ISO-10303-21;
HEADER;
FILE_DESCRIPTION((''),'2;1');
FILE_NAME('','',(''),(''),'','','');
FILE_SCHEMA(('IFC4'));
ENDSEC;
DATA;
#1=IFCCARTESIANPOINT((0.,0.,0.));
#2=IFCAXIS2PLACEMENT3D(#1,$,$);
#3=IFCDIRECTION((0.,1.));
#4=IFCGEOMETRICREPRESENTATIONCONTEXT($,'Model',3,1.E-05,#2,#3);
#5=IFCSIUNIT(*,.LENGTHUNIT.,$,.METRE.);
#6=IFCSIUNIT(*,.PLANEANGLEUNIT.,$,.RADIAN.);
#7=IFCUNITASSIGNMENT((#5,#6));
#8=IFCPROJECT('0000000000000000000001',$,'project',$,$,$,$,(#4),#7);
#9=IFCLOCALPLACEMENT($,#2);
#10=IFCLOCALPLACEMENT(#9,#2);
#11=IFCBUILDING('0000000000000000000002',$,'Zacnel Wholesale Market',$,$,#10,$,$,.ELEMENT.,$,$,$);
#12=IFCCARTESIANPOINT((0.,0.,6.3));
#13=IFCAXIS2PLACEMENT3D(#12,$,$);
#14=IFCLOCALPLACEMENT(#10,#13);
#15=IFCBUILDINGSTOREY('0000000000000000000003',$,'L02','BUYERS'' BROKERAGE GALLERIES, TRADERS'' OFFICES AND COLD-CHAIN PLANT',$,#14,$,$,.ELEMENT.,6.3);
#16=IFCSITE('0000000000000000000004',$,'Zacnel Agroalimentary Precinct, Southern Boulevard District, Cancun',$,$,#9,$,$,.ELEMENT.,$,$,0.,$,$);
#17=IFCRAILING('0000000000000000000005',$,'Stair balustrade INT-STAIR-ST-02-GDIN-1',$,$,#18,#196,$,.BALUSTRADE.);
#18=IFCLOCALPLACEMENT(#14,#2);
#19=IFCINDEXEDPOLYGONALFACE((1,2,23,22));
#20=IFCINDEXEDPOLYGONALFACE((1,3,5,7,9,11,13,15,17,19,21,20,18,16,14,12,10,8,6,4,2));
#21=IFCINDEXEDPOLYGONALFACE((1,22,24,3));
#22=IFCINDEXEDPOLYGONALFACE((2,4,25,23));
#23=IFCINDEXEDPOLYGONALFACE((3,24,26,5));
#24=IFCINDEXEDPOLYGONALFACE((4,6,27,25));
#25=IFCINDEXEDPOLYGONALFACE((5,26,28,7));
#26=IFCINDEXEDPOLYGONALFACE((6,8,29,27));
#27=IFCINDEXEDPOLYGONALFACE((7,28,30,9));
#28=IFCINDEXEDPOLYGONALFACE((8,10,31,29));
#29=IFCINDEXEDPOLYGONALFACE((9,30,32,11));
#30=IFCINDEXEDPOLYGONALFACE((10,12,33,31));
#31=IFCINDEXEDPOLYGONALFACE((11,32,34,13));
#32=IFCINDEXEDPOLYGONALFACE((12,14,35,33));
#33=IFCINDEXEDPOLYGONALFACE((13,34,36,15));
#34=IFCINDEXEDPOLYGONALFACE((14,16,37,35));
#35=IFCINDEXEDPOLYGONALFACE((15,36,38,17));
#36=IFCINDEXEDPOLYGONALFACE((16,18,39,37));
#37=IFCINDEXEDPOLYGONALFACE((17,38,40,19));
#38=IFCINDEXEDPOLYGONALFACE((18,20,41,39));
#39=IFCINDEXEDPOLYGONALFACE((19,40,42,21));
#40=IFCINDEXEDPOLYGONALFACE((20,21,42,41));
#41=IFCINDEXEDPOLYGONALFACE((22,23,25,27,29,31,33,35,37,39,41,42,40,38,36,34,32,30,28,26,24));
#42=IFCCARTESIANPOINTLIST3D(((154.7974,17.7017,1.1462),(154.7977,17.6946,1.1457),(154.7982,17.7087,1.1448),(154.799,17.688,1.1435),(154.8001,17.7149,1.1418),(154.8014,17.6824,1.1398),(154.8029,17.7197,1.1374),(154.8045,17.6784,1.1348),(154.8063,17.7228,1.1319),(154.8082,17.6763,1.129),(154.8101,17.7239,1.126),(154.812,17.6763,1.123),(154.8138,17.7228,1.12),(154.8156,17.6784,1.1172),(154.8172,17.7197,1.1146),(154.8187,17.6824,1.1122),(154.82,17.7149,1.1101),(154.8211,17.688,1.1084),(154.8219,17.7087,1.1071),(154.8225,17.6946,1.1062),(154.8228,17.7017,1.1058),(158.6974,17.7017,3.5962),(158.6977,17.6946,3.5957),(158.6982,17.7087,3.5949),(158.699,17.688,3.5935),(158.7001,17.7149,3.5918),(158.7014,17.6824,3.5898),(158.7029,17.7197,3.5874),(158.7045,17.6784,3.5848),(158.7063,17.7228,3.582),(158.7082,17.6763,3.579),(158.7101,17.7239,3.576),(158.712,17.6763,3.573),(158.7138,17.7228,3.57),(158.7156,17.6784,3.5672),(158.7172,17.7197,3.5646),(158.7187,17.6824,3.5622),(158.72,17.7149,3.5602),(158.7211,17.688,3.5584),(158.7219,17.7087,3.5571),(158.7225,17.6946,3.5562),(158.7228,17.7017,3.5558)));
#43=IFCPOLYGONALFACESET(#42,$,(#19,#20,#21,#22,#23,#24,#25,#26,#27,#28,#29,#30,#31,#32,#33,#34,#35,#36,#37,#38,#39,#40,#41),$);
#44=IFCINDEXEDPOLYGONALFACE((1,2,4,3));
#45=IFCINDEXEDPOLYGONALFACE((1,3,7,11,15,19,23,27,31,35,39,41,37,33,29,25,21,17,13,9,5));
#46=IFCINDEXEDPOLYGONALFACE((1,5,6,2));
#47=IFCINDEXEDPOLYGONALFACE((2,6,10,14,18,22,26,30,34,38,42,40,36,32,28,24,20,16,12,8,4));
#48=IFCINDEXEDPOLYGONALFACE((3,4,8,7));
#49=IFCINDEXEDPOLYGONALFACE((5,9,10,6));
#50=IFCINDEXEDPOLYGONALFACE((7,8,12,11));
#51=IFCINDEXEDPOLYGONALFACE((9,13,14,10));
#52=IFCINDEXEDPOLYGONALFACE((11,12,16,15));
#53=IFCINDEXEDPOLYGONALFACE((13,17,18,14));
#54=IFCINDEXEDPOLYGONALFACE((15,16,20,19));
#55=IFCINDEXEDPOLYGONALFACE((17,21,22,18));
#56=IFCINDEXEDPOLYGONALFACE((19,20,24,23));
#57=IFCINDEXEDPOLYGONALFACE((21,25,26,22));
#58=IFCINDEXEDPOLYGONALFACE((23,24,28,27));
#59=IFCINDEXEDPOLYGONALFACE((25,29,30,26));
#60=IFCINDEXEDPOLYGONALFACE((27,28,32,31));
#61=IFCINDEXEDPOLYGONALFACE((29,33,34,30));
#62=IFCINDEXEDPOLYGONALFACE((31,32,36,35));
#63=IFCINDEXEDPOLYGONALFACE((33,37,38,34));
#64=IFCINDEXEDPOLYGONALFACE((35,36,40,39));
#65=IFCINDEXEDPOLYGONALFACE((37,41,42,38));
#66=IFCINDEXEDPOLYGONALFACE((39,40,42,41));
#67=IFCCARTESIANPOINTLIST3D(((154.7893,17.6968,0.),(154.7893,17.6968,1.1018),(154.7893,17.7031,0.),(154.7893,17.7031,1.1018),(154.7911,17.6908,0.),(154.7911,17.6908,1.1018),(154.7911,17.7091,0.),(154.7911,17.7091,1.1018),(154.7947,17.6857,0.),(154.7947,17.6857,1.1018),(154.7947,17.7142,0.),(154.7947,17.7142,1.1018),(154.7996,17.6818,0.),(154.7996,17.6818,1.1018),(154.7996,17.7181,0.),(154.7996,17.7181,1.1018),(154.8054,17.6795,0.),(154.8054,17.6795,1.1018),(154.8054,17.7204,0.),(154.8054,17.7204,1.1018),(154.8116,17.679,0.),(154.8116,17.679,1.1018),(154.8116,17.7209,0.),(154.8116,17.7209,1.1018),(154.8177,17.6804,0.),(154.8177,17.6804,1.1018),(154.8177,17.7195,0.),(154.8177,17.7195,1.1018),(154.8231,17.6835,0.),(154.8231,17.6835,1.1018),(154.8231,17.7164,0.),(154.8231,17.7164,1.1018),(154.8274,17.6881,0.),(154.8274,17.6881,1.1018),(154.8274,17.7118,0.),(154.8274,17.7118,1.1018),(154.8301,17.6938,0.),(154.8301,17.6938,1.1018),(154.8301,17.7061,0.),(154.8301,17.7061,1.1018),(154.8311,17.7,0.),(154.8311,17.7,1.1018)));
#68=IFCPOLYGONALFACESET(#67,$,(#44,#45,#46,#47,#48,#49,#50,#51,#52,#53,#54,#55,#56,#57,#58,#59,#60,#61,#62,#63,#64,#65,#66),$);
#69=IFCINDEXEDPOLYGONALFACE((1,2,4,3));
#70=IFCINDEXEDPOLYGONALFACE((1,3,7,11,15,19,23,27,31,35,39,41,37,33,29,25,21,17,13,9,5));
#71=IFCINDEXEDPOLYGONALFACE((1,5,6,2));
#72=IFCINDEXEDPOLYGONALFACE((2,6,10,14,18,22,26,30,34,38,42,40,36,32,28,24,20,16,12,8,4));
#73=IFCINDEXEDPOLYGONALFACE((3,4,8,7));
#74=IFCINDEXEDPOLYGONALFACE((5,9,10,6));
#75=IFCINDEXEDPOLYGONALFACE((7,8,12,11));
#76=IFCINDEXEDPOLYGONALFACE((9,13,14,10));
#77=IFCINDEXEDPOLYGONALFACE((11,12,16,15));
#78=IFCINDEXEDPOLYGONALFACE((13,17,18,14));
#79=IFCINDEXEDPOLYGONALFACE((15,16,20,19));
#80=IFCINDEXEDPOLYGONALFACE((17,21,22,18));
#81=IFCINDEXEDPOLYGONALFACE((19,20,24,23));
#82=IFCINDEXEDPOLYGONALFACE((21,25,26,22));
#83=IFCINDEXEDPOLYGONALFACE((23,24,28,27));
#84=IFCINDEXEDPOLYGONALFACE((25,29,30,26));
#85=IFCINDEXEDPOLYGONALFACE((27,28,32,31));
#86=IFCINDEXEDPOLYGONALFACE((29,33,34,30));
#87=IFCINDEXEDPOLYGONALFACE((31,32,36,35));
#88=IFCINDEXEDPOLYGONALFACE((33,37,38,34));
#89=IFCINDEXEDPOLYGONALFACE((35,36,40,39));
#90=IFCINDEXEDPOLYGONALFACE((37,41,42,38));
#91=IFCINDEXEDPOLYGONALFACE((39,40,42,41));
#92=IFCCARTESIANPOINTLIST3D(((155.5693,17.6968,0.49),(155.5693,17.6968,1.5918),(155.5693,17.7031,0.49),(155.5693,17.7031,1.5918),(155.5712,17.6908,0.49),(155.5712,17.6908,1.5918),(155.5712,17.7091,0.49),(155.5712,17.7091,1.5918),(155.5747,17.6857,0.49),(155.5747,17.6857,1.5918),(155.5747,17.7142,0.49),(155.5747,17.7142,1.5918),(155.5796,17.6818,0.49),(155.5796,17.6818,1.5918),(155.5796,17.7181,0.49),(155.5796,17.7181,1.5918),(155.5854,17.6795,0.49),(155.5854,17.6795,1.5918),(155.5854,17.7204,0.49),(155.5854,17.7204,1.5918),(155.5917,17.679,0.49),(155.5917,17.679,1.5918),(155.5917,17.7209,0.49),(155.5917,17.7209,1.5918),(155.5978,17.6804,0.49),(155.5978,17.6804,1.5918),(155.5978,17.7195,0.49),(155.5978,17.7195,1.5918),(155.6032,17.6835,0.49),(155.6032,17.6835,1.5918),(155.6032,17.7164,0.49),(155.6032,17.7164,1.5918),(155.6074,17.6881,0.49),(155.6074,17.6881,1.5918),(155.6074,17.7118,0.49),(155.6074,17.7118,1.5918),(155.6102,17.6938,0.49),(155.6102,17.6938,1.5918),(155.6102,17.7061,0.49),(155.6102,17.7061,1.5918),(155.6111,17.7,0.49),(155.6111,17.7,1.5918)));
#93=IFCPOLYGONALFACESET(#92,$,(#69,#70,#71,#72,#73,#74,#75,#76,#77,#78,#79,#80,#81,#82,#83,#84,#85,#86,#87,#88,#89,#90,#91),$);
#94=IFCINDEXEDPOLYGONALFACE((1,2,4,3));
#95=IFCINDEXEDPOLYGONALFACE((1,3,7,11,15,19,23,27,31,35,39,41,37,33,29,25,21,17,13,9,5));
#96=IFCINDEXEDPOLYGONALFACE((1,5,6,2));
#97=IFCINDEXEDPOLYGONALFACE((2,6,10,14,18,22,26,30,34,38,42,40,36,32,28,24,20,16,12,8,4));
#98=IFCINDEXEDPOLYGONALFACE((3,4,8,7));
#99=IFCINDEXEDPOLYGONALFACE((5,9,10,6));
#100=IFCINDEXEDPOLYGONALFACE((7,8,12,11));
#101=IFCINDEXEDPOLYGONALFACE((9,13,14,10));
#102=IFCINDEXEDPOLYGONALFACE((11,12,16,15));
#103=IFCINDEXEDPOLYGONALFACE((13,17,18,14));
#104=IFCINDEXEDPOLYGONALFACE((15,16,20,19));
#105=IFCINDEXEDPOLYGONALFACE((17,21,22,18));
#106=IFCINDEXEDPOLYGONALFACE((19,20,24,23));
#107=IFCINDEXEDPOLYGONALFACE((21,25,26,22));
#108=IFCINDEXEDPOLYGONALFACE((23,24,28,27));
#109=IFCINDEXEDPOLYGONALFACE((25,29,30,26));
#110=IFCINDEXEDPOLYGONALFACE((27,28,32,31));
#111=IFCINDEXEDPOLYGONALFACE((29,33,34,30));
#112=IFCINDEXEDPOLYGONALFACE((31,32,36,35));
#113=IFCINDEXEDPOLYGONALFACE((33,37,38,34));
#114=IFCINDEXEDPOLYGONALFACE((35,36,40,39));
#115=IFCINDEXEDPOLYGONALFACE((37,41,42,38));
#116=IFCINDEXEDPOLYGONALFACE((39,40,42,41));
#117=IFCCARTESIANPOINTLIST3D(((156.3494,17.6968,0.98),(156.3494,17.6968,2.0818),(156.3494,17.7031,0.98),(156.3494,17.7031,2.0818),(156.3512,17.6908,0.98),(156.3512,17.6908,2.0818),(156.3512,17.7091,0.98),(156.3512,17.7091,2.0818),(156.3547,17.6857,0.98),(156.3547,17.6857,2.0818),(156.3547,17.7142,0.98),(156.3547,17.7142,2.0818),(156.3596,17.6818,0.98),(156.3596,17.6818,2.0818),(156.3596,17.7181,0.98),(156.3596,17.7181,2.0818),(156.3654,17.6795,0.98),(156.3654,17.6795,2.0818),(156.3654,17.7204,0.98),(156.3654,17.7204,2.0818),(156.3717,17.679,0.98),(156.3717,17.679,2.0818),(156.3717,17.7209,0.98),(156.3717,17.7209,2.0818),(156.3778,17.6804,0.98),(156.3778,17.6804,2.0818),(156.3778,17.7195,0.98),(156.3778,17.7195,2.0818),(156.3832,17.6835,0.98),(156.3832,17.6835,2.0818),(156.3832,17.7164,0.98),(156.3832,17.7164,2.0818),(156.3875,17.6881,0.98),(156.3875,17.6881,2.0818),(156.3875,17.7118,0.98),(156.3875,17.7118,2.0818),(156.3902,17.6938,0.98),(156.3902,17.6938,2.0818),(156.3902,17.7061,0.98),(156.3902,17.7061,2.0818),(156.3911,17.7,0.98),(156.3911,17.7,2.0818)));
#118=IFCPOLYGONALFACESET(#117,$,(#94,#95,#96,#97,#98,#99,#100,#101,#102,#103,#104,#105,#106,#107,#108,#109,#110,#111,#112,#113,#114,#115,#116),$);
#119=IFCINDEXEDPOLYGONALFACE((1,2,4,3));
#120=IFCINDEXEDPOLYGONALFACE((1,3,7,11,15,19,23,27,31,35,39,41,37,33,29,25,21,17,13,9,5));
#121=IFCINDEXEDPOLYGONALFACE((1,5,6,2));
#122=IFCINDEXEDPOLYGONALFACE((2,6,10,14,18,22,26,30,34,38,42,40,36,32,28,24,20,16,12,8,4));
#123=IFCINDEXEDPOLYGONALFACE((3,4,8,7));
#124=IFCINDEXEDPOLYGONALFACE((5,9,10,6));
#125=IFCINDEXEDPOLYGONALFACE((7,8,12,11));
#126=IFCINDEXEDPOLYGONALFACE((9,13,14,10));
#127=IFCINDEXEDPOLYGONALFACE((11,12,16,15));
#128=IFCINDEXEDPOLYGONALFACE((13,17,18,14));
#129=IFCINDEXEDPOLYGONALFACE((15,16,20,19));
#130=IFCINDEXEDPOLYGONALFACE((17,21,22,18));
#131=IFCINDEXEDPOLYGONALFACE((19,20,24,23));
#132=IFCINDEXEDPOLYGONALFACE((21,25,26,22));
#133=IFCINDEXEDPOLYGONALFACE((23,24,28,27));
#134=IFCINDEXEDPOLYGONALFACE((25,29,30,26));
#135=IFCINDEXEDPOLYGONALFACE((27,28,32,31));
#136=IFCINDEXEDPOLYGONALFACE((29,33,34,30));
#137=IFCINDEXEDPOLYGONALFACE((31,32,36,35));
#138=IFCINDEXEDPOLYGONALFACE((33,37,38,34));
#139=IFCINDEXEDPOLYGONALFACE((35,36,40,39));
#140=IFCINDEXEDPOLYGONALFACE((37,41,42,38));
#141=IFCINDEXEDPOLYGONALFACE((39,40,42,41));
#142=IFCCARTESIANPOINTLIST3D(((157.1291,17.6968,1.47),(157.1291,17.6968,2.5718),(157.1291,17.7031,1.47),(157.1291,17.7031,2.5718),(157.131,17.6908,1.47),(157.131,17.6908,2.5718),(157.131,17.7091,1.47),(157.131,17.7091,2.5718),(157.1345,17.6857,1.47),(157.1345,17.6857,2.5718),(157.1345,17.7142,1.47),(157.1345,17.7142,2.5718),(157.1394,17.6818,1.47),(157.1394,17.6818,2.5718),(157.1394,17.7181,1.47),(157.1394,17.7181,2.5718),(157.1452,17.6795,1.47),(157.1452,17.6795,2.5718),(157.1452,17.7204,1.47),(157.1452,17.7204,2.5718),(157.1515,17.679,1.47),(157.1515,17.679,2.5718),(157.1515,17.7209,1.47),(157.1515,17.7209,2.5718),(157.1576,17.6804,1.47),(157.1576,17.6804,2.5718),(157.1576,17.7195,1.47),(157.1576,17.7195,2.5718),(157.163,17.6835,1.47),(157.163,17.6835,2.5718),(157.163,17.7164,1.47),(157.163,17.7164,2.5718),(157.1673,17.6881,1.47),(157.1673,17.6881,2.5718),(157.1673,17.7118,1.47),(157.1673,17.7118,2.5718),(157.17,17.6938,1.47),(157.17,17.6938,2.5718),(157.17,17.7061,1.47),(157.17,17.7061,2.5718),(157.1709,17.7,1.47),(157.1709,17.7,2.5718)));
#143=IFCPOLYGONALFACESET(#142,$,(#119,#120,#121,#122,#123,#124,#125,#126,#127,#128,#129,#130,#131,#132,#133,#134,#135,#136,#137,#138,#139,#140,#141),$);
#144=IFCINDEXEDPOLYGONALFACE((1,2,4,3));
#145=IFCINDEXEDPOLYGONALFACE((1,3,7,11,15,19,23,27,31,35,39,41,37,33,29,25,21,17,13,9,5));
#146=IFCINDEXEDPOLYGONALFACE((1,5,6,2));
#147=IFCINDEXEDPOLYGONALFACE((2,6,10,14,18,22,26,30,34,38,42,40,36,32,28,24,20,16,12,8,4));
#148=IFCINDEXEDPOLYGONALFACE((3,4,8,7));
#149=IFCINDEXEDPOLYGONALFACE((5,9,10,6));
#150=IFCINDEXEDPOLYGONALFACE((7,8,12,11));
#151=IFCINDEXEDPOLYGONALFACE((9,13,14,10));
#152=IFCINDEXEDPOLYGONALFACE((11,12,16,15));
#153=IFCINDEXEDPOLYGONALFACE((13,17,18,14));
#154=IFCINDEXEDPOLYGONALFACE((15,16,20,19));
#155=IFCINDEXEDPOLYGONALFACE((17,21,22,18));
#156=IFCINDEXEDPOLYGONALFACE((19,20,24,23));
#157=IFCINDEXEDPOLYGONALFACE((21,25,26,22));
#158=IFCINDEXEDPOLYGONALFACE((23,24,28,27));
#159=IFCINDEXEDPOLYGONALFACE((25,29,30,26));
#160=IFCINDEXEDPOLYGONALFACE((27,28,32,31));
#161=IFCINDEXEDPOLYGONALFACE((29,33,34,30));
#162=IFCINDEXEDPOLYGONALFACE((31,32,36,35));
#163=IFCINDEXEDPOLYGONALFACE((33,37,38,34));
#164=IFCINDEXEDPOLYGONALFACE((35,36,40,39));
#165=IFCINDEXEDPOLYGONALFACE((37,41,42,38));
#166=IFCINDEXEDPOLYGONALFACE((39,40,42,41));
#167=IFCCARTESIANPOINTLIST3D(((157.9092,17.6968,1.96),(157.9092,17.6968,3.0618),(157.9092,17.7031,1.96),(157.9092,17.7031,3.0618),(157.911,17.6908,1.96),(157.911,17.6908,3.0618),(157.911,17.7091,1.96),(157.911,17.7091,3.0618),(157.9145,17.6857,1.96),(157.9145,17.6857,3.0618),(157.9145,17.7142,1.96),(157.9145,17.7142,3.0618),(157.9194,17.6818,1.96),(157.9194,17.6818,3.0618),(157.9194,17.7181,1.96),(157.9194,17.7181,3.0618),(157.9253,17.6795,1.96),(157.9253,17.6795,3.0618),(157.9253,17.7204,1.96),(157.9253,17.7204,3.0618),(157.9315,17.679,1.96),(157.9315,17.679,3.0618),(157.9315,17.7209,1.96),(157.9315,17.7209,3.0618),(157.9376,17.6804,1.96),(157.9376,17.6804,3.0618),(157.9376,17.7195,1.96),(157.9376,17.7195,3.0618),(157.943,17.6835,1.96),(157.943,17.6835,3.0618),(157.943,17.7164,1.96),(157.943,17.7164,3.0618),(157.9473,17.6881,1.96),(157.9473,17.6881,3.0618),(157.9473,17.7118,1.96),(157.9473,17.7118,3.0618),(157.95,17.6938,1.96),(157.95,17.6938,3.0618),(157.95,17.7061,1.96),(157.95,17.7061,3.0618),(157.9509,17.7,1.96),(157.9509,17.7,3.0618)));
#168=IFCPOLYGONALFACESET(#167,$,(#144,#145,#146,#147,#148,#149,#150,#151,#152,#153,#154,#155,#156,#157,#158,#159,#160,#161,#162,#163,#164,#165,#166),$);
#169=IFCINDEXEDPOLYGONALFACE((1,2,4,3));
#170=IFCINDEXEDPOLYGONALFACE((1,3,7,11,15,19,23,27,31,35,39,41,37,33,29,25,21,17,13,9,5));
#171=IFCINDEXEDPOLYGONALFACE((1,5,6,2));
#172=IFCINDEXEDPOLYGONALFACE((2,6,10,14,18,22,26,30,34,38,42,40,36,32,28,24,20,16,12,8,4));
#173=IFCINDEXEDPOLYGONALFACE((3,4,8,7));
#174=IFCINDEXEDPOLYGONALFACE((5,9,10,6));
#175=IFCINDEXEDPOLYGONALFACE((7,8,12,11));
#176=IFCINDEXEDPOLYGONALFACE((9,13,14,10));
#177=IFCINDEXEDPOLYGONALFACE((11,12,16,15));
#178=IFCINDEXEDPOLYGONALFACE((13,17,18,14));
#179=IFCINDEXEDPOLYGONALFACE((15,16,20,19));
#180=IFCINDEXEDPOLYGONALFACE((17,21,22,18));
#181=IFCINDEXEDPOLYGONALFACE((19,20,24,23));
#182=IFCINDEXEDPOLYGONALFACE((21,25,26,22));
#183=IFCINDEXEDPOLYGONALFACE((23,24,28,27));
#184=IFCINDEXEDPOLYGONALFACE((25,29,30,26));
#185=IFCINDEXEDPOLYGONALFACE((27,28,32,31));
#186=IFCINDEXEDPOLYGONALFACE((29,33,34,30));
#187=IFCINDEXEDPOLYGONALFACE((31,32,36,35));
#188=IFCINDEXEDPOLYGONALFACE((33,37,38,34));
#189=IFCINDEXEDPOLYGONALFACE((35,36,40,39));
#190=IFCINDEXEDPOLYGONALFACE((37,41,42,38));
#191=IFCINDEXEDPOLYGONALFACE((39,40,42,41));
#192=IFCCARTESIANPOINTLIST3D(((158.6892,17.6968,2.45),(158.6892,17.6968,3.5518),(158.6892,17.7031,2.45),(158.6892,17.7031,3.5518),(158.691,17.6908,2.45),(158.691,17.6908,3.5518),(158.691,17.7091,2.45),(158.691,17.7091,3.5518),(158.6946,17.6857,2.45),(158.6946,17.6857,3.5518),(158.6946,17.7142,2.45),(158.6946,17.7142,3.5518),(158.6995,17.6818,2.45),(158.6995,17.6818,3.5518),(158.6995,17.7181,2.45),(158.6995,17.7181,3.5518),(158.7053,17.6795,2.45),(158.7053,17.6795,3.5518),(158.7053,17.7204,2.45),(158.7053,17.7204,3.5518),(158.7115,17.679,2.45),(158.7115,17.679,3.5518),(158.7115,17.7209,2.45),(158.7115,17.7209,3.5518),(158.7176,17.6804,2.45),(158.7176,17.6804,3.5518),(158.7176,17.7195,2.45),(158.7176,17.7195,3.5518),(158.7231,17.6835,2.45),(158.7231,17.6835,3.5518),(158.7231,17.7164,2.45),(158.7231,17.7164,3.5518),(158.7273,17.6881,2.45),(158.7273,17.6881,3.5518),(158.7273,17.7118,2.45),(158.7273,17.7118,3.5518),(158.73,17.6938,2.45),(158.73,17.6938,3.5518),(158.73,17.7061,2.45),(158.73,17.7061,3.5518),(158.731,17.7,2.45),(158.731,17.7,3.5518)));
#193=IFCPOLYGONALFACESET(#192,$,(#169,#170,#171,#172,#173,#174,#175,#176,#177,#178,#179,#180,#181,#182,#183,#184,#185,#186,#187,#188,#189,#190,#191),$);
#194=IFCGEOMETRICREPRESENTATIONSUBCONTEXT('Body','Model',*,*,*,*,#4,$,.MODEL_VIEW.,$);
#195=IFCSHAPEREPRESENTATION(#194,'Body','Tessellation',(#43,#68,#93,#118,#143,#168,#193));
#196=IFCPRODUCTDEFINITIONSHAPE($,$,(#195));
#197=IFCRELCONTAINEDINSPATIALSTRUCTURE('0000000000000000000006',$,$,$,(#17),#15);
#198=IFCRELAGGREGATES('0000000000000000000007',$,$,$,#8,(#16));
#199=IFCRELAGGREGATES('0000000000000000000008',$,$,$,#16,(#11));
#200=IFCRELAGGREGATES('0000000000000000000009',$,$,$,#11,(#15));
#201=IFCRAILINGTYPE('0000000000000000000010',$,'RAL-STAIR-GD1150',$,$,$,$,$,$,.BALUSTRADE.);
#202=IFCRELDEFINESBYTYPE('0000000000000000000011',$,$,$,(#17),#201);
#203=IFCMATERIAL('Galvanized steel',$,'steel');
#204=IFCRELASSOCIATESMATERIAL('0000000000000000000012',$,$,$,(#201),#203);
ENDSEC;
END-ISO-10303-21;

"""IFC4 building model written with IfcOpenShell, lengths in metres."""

from ifc_helpers import new_model, si_unit, direction, frame, origin, origin_2d, place, context, subcontext, project, spatial, circle, extrude, material, type_object, element, save


model = new_model("IFC4")

# Units and contexts
model_context = context("Model", 3, precision=1e-05, world=origin(), true_north=direction((0.0, 1.0)))
body_context = subcontext(model_context, "Body", "Model", "MODEL_VIEW")
ifc_project = project(units=[si_unit("LENGTHUNIT", "METRE"), si_unit("PLANEANGLEUNIT", "RADIAN")], contexts=[model_context])

# Site, building, storey
site_placement = place(None, origin())
site = spatial("IfcSite", under=ifc_project, at=site_placement, Name="Zacnel Agroalimentary Precinct, Southern Boulevard District, Cancun", CompositionType="ELEMENT", RefElevation=0.0)
building_placement = place(site_placement, origin())
building = spatial("IfcBuilding", under=site, at=building_placement, Name="Zacnel Wholesale Market", CompositionType="ELEMENT")
storey_placement = place(building_placement, frame((0.0, 0.0, 6.3)))
storey = spatial("IfcBuildingStorey", under=building, at=storey_placement, Name="L02", Description="BUYERS' BROKERAGE GALLERIES, TRADERS' OFFICES AND COLD-CHAIN PLANT", CompositionType="ELEMENT", Elevation=6.3)

# Railing
ifc_material_1 = material(Name="Galvanized steel", Category="steel")
railing_type_1 = type_object("IfcRailingType", Name="RAL-STAIR-GD1150", PredefinedType="BALUSTRADE", material=ifc_material_1)
railing_1_placement = place(storey_placement, frame((154.8101, 17.7, 0.0)))
element("IfcRailing", 1, at=railing_1_placement, inside=storey, type_object=railing_type_1, Name="Stair balustrade INT-STAIR-ST-02-GDIN-1", PredefinedType="BALUSTRADE", context=body_context, shape_type="SweptSolid", body=[
    extrude(circle(Radius=0.0239, at=origin_2d()), frame((0.0, 0.0, 1.126), z_axis=(0.846775, 0.0, 0.531951), x_axis=(0.0, 1.0, 0.0)), (0.0, 0.0, 1.0), 4.6057),
    extrude(circle(Radius=0.021, at=origin_2d()), origin(), (0.0, 0.0, 1.0), 1.1018),
    extrude(circle(Radius=0.021, at=origin_2d()), frame((0.78, 0.0, 0.49)), (0.0, 0.0, 1.0), 1.1018),
    extrude(circle(Radius=0.021, at=origin_2d()), frame((1.5601, 0.0, 0.98)), (0.0, 0.0, 1.0), 1.1018),
    extrude(circle(Radius=0.021, at=origin_2d()), frame((2.3398, 0.0, 1.47)), (0.0, 0.0, 1.0), 1.1018),
    extrude(circle(Radius=0.021, at=origin_2d()), frame((3.1199, 0.0, 1.96)), (0.0, 0.0, 1.0), 1.1018),
    extrude(circle(Radius=0.021, at=origin_2d()), frame((3.8999, 0.0, 2.45)), (0.0, 0.0, 1.0), 1.1018),
])

save(model, "model.ifc")
